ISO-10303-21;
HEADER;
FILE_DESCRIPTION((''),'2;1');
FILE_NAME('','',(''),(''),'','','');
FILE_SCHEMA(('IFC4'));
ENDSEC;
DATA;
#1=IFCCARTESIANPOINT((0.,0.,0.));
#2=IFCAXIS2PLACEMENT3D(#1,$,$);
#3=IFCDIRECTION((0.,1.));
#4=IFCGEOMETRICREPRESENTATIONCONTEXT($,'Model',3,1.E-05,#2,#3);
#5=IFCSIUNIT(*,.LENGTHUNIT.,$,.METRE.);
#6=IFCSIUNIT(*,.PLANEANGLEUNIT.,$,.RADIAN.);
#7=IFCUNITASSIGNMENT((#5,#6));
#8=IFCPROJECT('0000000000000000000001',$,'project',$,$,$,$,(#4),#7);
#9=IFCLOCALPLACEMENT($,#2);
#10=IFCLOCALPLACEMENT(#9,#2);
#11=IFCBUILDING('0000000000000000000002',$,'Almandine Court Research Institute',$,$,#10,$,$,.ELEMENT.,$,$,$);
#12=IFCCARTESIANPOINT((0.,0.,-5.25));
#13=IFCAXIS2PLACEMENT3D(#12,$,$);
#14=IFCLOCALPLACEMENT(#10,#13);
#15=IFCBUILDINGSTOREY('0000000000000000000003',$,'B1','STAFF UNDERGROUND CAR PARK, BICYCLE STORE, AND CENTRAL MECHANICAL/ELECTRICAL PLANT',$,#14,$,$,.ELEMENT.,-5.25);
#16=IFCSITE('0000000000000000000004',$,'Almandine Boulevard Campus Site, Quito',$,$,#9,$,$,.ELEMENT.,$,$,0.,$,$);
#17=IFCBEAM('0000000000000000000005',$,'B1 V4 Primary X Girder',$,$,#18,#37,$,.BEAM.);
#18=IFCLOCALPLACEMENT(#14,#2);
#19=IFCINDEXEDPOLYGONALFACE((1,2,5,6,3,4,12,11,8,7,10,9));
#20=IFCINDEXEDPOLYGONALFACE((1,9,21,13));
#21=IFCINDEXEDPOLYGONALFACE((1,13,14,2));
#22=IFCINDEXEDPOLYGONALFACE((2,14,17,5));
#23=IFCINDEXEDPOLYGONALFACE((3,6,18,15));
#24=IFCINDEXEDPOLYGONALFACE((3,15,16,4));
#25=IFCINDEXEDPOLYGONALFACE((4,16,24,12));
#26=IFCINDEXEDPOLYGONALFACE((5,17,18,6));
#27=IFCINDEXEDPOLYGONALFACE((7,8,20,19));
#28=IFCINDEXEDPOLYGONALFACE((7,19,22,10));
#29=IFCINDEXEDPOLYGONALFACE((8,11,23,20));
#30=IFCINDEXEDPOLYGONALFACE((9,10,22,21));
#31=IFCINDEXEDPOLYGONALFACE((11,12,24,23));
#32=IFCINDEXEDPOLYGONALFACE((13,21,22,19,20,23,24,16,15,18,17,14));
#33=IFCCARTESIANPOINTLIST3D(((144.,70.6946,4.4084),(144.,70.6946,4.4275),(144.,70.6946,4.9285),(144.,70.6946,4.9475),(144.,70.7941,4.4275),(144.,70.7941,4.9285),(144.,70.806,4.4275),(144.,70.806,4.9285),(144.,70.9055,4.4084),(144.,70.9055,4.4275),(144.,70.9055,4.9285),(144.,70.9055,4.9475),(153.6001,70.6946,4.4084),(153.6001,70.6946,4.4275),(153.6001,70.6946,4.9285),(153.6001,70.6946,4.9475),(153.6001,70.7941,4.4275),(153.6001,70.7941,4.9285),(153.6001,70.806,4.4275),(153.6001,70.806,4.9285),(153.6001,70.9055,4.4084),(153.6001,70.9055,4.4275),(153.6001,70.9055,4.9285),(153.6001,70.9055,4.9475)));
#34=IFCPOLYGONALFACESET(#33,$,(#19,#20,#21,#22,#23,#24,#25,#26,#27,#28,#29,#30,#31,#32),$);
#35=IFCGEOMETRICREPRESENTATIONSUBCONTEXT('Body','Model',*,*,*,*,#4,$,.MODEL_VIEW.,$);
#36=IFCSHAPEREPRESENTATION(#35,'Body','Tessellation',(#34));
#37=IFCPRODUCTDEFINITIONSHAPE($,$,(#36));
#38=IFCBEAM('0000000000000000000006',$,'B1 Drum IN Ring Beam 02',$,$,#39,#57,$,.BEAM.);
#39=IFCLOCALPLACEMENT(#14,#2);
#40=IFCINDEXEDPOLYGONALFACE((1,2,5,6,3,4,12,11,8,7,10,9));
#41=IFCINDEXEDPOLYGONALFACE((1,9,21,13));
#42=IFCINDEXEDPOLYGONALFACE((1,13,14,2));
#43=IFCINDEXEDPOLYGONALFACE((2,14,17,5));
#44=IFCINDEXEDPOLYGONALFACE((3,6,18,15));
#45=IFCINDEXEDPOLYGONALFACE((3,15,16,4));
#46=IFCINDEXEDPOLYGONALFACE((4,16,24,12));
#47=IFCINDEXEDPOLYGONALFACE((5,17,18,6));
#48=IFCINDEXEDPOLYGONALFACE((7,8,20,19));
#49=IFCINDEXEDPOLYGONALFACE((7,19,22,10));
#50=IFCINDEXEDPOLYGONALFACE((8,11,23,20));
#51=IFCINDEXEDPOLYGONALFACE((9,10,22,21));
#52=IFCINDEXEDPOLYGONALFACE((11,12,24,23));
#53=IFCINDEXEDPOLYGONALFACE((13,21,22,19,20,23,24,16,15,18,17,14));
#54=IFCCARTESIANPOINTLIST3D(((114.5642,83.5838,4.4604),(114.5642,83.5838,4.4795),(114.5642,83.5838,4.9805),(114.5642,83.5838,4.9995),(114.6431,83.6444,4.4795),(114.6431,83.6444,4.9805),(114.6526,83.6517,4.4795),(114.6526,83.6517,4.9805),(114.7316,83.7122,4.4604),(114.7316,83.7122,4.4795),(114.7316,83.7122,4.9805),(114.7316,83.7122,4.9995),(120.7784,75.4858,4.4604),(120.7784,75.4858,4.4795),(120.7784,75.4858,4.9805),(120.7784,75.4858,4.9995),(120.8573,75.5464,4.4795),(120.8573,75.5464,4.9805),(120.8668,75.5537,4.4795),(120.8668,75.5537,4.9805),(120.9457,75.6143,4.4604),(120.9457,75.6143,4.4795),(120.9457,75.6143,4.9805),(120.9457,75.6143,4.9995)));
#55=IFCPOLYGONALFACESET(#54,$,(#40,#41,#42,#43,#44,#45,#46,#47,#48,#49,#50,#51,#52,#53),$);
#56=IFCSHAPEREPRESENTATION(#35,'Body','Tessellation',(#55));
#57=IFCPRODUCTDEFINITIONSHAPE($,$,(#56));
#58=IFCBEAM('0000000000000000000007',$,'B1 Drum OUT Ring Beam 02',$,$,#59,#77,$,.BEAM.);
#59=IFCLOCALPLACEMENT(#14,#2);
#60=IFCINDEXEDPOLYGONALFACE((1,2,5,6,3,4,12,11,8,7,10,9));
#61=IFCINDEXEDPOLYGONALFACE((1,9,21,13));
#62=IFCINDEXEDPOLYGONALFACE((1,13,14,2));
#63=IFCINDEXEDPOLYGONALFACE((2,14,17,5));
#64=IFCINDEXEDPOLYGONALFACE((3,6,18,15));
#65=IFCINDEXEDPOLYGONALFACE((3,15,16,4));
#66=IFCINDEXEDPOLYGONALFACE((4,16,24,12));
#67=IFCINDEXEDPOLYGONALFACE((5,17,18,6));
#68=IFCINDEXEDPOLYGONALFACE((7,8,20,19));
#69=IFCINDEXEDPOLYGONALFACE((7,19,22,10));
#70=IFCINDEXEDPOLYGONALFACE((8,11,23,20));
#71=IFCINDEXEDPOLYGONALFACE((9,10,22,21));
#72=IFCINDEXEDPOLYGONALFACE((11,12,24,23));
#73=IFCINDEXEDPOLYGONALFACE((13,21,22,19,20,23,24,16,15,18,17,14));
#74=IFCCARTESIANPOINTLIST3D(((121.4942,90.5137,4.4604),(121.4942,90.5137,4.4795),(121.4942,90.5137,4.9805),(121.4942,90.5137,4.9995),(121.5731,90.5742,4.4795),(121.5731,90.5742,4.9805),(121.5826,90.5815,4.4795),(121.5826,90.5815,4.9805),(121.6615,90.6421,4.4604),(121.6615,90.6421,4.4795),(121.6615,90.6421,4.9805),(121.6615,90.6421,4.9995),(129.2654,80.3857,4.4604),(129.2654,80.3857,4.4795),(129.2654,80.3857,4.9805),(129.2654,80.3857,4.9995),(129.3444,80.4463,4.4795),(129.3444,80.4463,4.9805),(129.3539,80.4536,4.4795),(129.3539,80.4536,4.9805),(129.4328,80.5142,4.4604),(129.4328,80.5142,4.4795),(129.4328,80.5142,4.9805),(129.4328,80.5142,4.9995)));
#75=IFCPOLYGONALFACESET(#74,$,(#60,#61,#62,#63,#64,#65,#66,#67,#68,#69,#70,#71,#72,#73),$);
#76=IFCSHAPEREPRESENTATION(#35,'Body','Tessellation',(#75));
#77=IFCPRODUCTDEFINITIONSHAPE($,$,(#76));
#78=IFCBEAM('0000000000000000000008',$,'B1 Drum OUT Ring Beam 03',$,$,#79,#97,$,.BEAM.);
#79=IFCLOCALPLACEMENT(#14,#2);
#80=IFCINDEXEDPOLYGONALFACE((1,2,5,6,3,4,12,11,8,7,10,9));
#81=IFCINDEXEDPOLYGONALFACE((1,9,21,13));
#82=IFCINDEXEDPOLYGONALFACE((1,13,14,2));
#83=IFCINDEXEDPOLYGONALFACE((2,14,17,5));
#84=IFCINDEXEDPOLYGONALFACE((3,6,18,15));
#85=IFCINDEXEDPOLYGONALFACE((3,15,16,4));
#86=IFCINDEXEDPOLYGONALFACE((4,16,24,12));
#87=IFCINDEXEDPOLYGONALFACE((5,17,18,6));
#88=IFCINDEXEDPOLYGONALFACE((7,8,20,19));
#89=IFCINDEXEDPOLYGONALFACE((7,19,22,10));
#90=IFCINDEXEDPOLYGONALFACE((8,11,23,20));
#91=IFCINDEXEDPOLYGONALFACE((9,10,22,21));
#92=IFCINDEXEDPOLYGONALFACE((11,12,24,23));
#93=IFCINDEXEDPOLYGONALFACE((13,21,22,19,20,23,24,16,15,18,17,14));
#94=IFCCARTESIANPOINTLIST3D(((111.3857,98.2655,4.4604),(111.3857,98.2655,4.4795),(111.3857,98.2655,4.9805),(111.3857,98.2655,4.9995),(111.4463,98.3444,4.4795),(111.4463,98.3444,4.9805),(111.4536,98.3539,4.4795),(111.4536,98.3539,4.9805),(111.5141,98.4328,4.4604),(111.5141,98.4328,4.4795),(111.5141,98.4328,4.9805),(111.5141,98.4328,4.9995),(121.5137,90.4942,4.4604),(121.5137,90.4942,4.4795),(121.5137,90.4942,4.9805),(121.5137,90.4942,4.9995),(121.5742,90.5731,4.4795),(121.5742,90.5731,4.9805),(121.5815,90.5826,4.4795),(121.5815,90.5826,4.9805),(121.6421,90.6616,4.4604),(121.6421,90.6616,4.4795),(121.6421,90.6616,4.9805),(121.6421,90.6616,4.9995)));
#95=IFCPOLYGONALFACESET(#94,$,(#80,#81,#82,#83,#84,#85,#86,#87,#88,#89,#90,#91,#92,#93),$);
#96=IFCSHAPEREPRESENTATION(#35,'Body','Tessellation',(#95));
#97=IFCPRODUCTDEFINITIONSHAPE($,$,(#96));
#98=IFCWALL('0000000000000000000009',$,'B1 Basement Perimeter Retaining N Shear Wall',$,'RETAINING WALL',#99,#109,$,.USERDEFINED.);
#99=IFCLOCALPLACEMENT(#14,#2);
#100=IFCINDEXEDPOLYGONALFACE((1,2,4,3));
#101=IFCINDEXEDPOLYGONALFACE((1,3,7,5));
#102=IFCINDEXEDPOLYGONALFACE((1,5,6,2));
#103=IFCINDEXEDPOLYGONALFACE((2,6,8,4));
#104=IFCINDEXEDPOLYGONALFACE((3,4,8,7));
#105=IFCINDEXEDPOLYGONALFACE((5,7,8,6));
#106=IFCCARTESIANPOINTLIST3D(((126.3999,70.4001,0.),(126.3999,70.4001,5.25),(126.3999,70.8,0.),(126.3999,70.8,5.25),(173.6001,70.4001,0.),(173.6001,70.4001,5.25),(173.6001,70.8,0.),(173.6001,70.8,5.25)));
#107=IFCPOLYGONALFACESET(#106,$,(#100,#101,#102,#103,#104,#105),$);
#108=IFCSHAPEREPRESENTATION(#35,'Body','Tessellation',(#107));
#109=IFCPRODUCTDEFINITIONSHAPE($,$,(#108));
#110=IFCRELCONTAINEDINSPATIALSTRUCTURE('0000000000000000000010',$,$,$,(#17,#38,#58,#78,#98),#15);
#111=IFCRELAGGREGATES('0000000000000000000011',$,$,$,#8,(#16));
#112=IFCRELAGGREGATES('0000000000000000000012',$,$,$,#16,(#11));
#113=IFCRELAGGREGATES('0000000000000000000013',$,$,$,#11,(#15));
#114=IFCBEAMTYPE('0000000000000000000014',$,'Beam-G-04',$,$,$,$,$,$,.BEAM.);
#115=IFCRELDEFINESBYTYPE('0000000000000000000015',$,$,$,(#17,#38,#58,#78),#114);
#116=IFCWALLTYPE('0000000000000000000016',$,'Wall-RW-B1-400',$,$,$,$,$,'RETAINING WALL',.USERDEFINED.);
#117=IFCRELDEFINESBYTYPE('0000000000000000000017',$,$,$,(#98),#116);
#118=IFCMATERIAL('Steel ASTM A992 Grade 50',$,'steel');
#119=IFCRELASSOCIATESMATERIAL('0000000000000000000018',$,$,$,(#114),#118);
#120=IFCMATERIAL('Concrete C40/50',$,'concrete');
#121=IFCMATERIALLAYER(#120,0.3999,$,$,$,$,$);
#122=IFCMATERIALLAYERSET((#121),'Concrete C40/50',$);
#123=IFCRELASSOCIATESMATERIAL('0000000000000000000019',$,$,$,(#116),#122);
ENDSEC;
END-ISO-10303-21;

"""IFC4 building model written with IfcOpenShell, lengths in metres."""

from ifc_helpers import new_model, si_unit, direction, frame, frame_2d, origin, origin_2d, place, context, subcontext, project, spatial, rectangle, i_section, extrude, material, layer, layer_set, material_profile, profile_set, type_object, element, save


model = new_model("IFC4")

# Units and contexts
model_context = context("Model", 3, precision=1e-05, world=origin(), true_north=direction((0.0, 1.0)))
body_context = subcontext(model_context, "Body", "Model", "MODEL_VIEW")
ifc_project = project(units=[si_unit("LENGTHUNIT", "METRE"), si_unit("PLANEANGLEUNIT", "RADIAN")], contexts=[model_context])

# Site, building, storey
site_placement = place(None, origin())
site = spatial("IfcSite", under=ifc_project, at=site_placement, Name="Almandine Boulevard Campus Site, Quito", CompositionType="ELEMENT", RefElevation=0.0)
building_placement = place(site_placement, origin())
building = spatial("IfcBuilding", under=site, at=building_placement, Name="Almandine Court Research Institute", CompositionType="ELEMENT")
storey_placement = place(building_placement, frame((0.0, 0.0, -5.25)))
storey = spatial("IfcBuildingStorey", under=building, at=storey_placement, Name="B1", Description="STAFF UNDERGROUND CAR PARK, BICYCLE STORE, AND CENTRAL MECHANICAL/ELECTRICAL PLANT", CompositionType="ELEMENT", Elevation=-5.25)

# Shared definitions
ifc_material_1 = material(Name="Concrete C40/50", Category="concrete")

# Beams
ifc_material_2 = material(Name="Steel ASTM A992 Grade 50", Category="steel")
ifc_material_profile_1 = material_profile(ifc_material_2, i_section(OverallWidth=0.2109, OverallDepth=0.5391, WebThickness=0.012, FlangeThickness=0.019, at=origin_2d()), Name="W530x109")
ifc_profile_set_1 = profile_set([ifc_material_profile_1], Name="Steel ASTM A992 Grade 50")
beam_type_1 = type_object("IfcBeamType", Name="Beam-G-04", PredefinedType="BEAM", material=ifc_profile_set_1)
for number, where, z_axis, x_axis, name in (
    (1, (144.0, 70.8, 4.678), (1.0, 0.0, 0.0), (0.0, 1.0, 0.0), "B1 V4 Primary X Girder"),
):
    element("IfcBeam", number, at=place(storey_placement, frame(where, z_axis=z_axis, x_axis=x_axis)), inside=storey, type_object=beam_type_1, Name=name, PredefinedType="BEAM", context=body_context, shape_type="SweptSolid", body=[
        extrude(i_section(OverallWidth=0.2109, OverallDepth=0.5391, WebThickness=0.012, FlangeThickness=0.019, at=origin_2d()), origin(), (0.0, 0.0, 1.0), 9.6001),
    ])
beam_1_placement = place(storey_placement, frame((120.8621, 75.55, 4.73), z_axis=(-0.608784, 0.793336, 0.0), x_axis=(-0.793336, -0.608784, 0.0)))
element("IfcBeam", 2, at=beam_1_placement, inside=storey, type_object=beam_type_1, Name="B1 Drum IN Ring Beam 02", PredefinedType="BEAM", context=body_context, shape_type="SweptSolid", body=[
    extrude(i_section(OverallWidth=0.2109, OverallDepth=0.5391, WebThickness=0.012, FlangeThickness=0.019, at=origin_2d()), origin(), (0.0, 0.0, 1.0), 10.2075),
])
for number, where, z_axis, x_axis, name in (
    (3, (129.3491, 80.45, 4.73), (-0.608752, 0.793361, 0.0), (-0.793361, -0.608752, 0.0), "B1 Drum OUT Ring Beam 02"),
    (4, (121.5779, 90.5779, 4.73), (-0.793361, 0.608752, 0.0), (-0.608752, -0.793361, 0.0), "B1 Drum OUT Ring Beam 03"),
):
    element("IfcBeam", number, at=place(storey_placement, frame(where, z_axis=z_axis, x_axis=x_axis)), inside=storey, type_object=beam_type_1, Name=name, PredefinedType="BEAM", context=body_context, shape_type="SweptSolid", body=[
        extrude(i_section(OverallWidth=0.2109, OverallDepth=0.5391, WebThickness=0.012, FlangeThickness=0.019, at=origin_2d()), origin(), (0.0, 0.0, 1.0), 12.7659),
    ])

# Wall
ifc_layer = layer(ifc_material_1, 0.3999)
ifc_layer_set = layer_set([ifc_layer], Name="Concrete C40/50")
wall_type = type_object("IfcWallType", Name="Wall-RW-B1-400", ElementType="RETAINING WALL", PredefinedType="USERDEFINED", material=ifc_layer_set)
wall_placement = place(storey_placement, frame((126.3999, 70.6001, 0.0), z_axis=(0.0, 0.0, 1.0), x_axis=(1.0, 0.0, 0.0)))
element("IfcWall", 5, at=wall_placement, inside=storey, type_object=wall_type, Name="B1 Basement Perimeter Retaining N Shear Wall", ObjectType="RETAINING WALL", PredefinedType="USERDEFINED", context=body_context, shape_type="SweptSolid", body=[
    extrude(rectangle(XDim=47.2002, YDim=0.3999, at=frame_2d((23.6001, 0.0))), origin(), (0.0, 0.0, 1.0), 5.25),
])

save(model, "model.ifc")
